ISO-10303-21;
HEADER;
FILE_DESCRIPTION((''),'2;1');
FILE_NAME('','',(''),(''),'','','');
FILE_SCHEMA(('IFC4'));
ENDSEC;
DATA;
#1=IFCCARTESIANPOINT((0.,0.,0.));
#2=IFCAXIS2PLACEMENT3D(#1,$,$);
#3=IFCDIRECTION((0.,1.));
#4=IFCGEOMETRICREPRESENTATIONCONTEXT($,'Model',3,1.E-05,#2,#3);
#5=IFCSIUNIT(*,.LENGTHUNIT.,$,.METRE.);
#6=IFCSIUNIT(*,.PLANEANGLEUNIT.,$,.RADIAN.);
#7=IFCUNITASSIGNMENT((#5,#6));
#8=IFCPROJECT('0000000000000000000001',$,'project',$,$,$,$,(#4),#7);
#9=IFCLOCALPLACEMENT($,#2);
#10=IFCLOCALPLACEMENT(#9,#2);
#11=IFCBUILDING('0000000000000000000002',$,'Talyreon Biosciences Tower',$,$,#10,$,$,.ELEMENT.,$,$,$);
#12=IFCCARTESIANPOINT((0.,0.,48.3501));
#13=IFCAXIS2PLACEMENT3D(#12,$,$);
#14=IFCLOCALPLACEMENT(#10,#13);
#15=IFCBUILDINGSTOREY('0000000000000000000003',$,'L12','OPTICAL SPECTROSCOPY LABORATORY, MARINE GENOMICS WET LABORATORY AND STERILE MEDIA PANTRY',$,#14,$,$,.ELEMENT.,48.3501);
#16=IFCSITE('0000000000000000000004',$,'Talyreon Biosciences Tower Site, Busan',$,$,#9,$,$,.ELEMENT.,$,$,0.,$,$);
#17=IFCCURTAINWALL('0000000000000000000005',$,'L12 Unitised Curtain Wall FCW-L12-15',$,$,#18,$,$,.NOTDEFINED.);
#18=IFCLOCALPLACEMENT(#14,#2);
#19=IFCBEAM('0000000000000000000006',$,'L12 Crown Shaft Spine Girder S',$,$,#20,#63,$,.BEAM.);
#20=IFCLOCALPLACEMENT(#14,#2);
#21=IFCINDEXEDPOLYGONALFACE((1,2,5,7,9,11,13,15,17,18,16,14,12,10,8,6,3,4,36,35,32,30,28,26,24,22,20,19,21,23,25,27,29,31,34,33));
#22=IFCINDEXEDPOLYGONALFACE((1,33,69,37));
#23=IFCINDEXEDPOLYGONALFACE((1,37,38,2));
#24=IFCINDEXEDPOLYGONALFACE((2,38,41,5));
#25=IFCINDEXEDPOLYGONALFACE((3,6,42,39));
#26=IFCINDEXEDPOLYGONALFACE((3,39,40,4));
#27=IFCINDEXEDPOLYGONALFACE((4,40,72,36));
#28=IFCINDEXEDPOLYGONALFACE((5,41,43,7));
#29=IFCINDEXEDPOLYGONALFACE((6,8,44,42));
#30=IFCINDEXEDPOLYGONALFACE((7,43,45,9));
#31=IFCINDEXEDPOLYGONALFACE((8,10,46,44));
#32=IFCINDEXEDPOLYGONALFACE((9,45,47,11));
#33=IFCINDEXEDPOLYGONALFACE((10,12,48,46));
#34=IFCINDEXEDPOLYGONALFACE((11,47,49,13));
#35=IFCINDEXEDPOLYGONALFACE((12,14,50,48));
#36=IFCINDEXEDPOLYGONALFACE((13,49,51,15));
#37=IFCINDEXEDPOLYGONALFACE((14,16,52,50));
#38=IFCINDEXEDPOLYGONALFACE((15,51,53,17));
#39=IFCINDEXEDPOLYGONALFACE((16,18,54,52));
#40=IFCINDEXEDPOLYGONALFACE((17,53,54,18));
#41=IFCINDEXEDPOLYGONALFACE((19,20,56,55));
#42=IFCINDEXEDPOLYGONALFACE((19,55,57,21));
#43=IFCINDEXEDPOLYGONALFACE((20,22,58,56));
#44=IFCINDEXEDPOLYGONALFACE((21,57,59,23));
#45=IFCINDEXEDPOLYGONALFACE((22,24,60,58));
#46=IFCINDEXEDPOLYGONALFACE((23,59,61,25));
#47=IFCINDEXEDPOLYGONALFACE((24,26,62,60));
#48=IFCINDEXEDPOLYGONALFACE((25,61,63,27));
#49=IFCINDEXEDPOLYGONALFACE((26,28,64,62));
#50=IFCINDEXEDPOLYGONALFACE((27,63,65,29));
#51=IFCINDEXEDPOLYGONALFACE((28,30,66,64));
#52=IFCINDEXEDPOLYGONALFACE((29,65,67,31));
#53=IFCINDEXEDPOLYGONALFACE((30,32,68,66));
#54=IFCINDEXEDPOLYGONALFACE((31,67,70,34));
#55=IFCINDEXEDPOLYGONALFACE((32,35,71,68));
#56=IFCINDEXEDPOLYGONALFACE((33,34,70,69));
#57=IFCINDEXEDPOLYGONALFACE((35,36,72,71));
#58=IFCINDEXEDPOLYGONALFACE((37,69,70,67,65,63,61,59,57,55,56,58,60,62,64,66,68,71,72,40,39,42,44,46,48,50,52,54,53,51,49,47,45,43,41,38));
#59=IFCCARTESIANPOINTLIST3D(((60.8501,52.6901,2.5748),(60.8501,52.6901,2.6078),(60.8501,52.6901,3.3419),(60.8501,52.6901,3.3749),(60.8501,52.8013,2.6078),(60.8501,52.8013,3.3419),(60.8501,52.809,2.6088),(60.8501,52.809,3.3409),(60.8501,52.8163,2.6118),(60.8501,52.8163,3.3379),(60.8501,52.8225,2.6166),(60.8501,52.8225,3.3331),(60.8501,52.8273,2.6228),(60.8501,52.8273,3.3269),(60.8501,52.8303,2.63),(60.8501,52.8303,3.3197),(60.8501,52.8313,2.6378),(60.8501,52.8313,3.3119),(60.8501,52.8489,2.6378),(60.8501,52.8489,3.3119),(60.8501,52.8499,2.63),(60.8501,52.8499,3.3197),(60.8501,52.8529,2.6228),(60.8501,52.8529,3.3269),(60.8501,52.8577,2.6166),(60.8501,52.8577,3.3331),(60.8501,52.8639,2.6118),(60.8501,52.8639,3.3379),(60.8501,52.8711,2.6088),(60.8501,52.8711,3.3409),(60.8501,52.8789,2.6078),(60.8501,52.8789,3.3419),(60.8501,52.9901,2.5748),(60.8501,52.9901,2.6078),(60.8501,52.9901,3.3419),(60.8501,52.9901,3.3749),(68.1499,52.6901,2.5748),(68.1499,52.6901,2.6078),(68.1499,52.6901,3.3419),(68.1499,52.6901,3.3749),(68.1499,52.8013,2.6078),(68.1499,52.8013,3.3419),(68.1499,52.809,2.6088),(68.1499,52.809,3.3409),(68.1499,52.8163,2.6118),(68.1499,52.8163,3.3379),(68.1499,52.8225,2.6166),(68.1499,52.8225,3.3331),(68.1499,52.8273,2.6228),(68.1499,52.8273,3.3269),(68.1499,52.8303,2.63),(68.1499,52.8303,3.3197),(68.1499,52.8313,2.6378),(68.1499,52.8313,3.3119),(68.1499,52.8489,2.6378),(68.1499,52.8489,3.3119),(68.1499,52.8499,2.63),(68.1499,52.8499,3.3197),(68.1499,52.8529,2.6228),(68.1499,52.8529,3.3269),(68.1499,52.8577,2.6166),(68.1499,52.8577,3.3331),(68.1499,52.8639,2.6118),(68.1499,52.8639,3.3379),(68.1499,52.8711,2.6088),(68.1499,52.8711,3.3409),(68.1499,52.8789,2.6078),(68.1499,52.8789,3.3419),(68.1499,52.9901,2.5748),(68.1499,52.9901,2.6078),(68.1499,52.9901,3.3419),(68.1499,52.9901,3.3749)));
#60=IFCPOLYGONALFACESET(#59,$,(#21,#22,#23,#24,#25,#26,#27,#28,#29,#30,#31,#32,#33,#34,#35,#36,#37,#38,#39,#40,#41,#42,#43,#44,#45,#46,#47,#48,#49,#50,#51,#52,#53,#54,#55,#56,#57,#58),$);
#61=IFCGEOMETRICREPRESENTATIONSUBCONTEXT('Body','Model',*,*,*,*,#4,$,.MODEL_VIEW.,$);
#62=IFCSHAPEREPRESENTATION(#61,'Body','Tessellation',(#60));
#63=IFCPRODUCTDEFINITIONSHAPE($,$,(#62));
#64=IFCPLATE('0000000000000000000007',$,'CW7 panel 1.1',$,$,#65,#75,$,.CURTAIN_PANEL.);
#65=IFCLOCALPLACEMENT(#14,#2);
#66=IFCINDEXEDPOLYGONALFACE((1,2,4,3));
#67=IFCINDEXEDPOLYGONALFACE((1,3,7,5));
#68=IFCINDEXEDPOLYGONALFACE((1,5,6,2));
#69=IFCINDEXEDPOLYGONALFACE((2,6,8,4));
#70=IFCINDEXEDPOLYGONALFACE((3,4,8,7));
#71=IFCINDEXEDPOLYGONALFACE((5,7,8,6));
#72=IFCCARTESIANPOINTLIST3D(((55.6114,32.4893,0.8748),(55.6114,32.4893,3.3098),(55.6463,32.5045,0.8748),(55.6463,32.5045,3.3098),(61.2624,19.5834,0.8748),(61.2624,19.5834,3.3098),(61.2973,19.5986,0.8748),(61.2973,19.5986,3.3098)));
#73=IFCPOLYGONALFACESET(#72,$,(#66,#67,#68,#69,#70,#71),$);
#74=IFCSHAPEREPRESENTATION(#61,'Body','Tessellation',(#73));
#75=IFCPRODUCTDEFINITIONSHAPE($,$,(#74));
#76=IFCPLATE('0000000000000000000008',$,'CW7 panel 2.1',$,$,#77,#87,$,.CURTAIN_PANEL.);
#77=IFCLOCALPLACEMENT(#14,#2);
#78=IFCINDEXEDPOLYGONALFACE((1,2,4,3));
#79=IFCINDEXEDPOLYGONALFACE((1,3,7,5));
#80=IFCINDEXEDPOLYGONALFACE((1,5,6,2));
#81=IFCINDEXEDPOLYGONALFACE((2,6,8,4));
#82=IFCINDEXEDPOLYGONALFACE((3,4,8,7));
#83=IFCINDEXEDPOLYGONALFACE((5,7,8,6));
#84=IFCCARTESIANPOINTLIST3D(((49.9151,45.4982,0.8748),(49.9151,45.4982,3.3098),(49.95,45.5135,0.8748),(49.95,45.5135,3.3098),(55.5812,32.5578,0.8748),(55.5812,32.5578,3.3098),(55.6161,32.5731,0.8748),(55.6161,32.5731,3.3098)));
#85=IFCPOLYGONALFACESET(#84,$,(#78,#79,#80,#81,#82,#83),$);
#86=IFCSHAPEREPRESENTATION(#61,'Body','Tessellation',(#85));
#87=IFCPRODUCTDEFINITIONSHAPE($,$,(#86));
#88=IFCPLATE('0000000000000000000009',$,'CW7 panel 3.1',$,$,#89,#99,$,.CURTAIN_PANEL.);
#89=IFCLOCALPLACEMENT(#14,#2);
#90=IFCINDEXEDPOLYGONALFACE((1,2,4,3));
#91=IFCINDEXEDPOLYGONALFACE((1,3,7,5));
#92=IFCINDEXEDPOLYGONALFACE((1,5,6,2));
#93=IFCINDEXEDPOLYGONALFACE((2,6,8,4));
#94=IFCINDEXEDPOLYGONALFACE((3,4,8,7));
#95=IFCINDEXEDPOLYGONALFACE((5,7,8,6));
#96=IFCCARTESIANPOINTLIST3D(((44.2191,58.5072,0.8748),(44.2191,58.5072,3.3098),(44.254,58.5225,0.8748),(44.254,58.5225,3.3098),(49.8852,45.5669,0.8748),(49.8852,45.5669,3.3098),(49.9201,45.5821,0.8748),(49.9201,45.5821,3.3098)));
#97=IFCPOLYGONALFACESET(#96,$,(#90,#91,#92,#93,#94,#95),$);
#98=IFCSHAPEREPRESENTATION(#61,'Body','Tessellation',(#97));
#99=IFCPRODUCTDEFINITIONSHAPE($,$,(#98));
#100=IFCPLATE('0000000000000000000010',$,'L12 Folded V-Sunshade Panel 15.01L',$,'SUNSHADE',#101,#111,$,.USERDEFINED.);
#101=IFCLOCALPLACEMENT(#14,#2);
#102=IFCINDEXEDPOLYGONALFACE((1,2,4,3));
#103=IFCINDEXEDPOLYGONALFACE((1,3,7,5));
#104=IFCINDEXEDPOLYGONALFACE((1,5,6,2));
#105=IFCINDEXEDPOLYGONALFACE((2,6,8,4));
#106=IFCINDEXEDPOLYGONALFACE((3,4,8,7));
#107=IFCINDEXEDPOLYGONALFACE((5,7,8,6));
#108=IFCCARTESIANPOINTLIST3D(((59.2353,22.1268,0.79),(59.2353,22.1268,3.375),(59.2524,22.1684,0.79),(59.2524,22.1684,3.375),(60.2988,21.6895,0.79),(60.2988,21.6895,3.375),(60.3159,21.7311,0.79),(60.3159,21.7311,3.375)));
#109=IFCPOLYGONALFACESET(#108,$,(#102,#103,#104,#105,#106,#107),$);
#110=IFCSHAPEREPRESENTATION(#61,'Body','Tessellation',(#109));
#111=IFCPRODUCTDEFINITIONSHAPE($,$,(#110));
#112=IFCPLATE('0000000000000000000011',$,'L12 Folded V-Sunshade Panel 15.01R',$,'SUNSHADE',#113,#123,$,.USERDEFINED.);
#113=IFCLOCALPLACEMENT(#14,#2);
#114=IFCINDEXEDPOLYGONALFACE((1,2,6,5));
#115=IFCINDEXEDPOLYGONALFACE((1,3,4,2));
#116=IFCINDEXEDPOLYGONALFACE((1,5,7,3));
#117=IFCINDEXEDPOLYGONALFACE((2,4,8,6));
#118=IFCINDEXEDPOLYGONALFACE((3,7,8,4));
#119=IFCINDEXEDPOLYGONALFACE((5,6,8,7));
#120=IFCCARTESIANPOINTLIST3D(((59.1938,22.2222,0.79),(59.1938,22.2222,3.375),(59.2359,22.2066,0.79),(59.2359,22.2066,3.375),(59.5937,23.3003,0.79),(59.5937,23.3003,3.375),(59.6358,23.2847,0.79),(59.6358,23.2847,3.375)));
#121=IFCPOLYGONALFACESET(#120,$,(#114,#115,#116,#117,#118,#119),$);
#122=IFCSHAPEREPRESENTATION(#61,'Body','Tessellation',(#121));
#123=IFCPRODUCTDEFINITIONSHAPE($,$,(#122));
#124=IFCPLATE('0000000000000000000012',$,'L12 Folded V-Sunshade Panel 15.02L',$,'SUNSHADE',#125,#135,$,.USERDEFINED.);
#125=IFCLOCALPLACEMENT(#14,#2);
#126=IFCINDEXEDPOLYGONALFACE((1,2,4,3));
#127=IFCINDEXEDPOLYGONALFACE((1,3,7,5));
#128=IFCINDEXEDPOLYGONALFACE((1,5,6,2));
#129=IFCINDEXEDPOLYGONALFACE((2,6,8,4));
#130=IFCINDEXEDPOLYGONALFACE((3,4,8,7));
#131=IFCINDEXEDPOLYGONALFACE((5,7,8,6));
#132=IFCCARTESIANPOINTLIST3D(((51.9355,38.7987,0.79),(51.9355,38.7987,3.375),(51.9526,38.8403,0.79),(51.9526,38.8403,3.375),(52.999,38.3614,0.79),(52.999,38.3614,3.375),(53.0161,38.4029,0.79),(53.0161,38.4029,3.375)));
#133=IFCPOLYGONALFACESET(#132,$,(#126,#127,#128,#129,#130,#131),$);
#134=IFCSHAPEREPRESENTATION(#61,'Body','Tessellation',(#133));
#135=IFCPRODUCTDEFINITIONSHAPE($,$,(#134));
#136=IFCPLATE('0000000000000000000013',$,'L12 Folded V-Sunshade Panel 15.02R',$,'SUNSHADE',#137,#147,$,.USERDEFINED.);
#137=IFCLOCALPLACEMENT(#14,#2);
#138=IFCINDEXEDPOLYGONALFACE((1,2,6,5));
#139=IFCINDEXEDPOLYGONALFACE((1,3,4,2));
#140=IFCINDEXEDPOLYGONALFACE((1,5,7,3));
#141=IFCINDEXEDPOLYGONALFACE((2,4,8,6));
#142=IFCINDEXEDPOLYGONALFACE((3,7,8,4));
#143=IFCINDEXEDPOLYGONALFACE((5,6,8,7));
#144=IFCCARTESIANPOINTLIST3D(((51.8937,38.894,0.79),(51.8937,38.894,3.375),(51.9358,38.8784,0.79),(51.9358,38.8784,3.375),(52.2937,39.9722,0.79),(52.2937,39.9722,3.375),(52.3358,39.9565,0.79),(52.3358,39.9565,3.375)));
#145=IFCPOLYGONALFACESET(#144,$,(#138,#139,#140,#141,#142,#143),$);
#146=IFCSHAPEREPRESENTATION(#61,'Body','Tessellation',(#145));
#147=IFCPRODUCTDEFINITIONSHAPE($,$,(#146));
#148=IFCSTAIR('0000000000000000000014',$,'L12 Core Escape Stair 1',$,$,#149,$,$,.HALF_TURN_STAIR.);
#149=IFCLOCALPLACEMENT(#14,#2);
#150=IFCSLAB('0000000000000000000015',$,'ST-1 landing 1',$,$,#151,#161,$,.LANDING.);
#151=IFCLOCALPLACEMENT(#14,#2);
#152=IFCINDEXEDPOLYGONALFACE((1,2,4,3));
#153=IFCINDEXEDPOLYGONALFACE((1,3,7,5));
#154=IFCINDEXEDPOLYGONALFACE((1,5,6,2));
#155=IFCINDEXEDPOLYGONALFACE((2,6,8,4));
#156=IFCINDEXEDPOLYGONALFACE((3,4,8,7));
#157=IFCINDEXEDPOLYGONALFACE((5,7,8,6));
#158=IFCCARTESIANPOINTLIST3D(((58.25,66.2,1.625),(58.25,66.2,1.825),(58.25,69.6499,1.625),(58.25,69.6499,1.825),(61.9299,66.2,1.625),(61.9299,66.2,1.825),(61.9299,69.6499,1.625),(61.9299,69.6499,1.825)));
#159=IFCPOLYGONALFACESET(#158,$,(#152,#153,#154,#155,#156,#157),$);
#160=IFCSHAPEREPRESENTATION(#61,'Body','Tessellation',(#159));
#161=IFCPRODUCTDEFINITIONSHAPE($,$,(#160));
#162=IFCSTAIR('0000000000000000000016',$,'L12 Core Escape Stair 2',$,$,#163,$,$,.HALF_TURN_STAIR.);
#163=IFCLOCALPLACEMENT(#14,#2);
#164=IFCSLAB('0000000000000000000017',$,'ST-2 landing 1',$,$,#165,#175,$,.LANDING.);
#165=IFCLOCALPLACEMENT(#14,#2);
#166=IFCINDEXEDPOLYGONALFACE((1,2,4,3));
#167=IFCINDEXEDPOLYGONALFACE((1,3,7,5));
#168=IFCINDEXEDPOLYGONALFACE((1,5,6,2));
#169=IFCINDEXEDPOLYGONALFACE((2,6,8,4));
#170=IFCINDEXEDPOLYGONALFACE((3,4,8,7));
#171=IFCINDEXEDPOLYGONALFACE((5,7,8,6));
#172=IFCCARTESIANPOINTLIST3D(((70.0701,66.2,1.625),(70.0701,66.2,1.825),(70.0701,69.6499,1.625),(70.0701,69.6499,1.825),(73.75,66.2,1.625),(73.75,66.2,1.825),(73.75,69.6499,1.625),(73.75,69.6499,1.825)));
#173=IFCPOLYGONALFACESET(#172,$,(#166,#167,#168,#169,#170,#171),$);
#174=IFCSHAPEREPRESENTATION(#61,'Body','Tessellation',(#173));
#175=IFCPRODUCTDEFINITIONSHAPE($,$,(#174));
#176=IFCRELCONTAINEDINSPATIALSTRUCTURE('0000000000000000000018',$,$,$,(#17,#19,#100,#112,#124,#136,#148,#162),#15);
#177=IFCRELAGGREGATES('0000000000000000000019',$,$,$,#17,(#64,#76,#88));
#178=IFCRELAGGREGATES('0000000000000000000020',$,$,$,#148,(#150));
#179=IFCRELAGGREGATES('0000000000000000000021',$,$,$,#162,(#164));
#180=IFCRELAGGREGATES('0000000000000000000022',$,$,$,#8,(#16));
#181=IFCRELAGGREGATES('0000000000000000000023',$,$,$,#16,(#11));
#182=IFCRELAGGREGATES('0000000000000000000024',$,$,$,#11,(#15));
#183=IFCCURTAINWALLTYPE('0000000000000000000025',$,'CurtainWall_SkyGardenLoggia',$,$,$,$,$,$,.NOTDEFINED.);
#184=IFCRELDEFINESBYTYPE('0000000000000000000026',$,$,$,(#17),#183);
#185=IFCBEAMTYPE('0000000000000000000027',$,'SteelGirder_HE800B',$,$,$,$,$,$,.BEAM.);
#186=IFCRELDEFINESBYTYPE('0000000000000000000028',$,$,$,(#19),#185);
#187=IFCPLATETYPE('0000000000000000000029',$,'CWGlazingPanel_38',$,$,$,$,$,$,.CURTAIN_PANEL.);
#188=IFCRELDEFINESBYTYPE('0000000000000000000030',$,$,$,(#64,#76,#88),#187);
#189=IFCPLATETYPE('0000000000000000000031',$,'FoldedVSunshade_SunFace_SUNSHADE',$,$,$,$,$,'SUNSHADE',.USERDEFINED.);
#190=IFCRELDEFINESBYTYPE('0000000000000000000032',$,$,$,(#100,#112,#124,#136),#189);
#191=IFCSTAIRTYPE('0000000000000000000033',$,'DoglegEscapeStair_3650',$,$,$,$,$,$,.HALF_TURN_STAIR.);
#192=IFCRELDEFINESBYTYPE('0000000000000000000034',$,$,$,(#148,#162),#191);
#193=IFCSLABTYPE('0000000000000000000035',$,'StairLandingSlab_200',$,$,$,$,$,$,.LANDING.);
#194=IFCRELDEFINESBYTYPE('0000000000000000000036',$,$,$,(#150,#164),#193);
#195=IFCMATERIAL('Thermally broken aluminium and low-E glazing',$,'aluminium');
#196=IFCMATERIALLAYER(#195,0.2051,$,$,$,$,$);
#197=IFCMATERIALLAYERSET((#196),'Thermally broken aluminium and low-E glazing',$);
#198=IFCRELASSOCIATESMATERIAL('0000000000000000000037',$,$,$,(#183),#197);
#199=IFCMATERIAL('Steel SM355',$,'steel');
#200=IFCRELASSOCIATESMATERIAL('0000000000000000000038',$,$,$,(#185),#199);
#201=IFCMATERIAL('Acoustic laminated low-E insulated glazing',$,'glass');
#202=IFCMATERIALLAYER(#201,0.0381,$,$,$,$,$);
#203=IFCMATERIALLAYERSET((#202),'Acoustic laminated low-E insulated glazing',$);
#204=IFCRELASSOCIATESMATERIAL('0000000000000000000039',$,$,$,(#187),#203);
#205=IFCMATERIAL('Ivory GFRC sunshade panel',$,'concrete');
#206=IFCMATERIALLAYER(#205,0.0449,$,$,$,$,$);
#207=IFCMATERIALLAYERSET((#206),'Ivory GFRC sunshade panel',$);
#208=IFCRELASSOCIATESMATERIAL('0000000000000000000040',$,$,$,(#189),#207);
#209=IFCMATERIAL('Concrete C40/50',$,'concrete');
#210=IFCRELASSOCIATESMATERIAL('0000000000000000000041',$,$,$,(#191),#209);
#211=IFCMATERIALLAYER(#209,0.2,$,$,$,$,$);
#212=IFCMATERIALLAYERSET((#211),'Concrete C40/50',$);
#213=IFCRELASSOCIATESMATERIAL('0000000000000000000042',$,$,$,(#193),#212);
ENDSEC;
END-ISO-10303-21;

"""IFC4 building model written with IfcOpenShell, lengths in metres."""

from ifc_helpers import new_model, si_unit, direction, frame, origin, origin_2d, place, context, subcontext, project, spatial, polyline, rectangle, i_section, outline, extrude, material, layer, layer_set, material_profile, profile_set, type_object, element, aggregate, save


model = new_model("IFC4")

# Units and contexts
model_context = context("Model", 3, precision=1e-05, world=origin(), true_north=direction((0.0, 1.0)))
body_context = subcontext(model_context, "Body", "Model", "MODEL_VIEW")
ifc_project = project(units=[si_unit("LENGTHUNIT", "METRE"), si_unit("PLANEANGLEUNIT", "RADIAN")], contexts=[model_context])

# Site, building, storey
site_placement = place(None, origin())
site = spatial("IfcSite", under=ifc_project, at=site_placement, Name="Talyreon Biosciences Tower Site, Busan", CompositionType="ELEMENT", RefElevation=0.0)
building_placement = place(site_placement, origin())
building = spatial("IfcBuilding", under=site, at=building_placement, Name="Talyreon Biosciences Tower", CompositionType="ELEMENT")
storey_placement = place(building_placement, frame((0.0, 0.0, 48.3501)))
storey = spatial("IfcBuildingStorey", under=building, at=storey_placement, Name="L12", Description="OPTICAL SPECTROSCOPY LABORATORY, MARINE GENOMICS WET LABORATORY AND STERILE MEDIA PANTRY", CompositionType="ELEMENT", Elevation=48.3501)

# Curtain wall
ifc_material_1 = material(Name="Thermally broken aluminium and low-E glazing", Category="aluminium")
ifc_layer_1 = layer(ifc_material_1, 0.2051)
ifc_layer_set_1 = layer_set([ifc_layer_1], Name="Thermally broken aluminium and low-E glazing")
curtain_wall_type = type_object("IfcCurtainWallType", Name="CurtainWall_SkyGardenLoggia", PredefinedType="NOTDEFINED", material=ifc_layer_set_1)
curtain_wall_placement = place(storey_placement, origin())
curtain_wall = element("IfcCurtainWall", 1, at=curtain_wall_placement, inside=storey, type_object=curtain_wall_type, Name="L12 Unitised Curtain Wall FCW-L12-15", PredefinedType="NOTDEFINED")

# Beam
ifc_material_2 = material(Name="Steel SM355", Category="steel")
ifc_material_profile_1 = material_profile(ifc_material_2, i_section(OverallWidth=0.3, OverallDepth=0.8, WebThickness=0.0176, FlangeThickness=0.033, FilletRadius=0.03, at=origin_2d()), Name="HE800B")
ifc_profile_set_1 = profile_set([ifc_material_profile_1], Name="Steel SM355")
beam_type_1 = type_object("IfcBeamType", Name="SteelGirder_HE800B", PredefinedType="BEAM", material=ifc_profile_set_1)
beam_1_placement = place(storey_placement, frame((60.8501, 52.8401, 2.9749), z_axis=(1.0, 0.0, 0.0), x_axis=(0.0, 1.0, 0.0)))
element("IfcBeam", 2, at=beam_1_placement, inside=storey, type_object=beam_type_1, Name="L12 Crown Shaft Spine Girder S", PredefinedType="BEAM", context=body_context, shape_type="SweptSolid", body=[
    extrude(i_section(OverallWidth=0.3, OverallDepth=0.8, WebThickness=0.0176, FlangeThickness=0.033, FilletRadius=0.03, at=origin_2d()), origin(), (0.0, 0.0, 1.0), 7.2998),
])

# Plates
ifc_material_3 = material(Name="Acoustic laminated low-E insulated glazing", Category="glass")
ifc_layer_2 = layer(ifc_material_3, 0.0381)
ifc_layer_set_2 = layer_set([ifc_layer_2], Name="Acoustic laminated low-E insulated glazing")
plate_type_1 = type_object("IfcPlateType", Name="CWGlazingPanel_38", PredefinedType="CURTAIN_PANEL", material=ifc_layer_set_2)
plate_1_placement = place(storey_placement, frame((58.4543, 26.0439, 0.8748), z_axis=(0.0, 0.0, 1.0), x_axis=(-0.401097, 0.916035, 0.0)))
plate_1 = element("IfcPlate", 3, at=plate_1_placement, type_object=plate_type_1, Name="CW7 panel 1.1", PredefinedType="CURTAIN_PANEL", context=body_context, shape_type="SweptSolid", body=[
    extrude(rectangle(XDim=14.0889, YDim=0.0381, at=origin_2d()), origin(), (0.0, 0.0, 1.0), 2.4351),
])
plate_2_placement = place(storey_placement, frame((52.7656, 39.0356, 0.8748), z_axis=(0.0, 0.0, 1.0), x_axis=(-0.401097, 0.916035, 0.0)))
plate_2 = element("IfcPlate", 4, at=plate_2_placement, type_object=plate_type_1, Name="CW7 panel 2.1", PredefinedType="CURTAIN_PANEL", context=body_context, shape_type="SweptSolid", body=[
    extrude(rectangle(XDim=14.1265, YDim=0.0381, at=origin_2d()), origin(), (0.0, 0.0, 1.0), 2.4351),
])
plate_3_placement = place(storey_placement, frame((47.0696, 52.0447, 0.8748), z_axis=(0.0, 0.0, 1.0), x_axis=(-0.401097, 0.916035, 0.0)))
plate_3 = element("IfcPlate", 5, at=plate_3_placement, type_object=plate_type_1, Name="CW7 panel 3.1", PredefinedType="CURTAIN_PANEL", context=body_context, shape_type="SweptSolid", body=[
    extrude(rectangle(XDim=14.1265, YDim=0.0381, at=origin_2d()), origin(), (0.0, 0.0, 1.0), 2.4351),
])
aggregate(curtain_wall, [plate_1, plate_2, plate_3])

# Plates
ifc_material_4 = material(Name="Ivory GFRC sunshade panel", Category="concrete")
ifc_layer_3 = layer(ifc_material_4, 0.0449)
ifc_layer_set_3 = layer_set([ifc_layer_3], Name="Ivory GFRC sunshade panel")
plate_type_2 = type_object("IfcPlateType", Name="FoldedVSunshade_SunFace_SUNSHADE", ElementType="SUNSHADE", PredefinedType="USERDEFINED", material=ifc_layer_set_3)
for number, where, z_axis, x_axis, name in (
    (6, (59.7756, 21.929, 0.79), (0.0, 0.0, 1.0), (-0.924858, 0.380312, 0.0), "L12 Folded V-Sunshade Panel 15.01L"),
    (7, (59.4148, 22.7534, 0.79), (0.0, 0.0, 1.0), (0.347803, 0.937568, 0.0), "L12 Folded V-Sunshade Panel 15.01R"),
    (8, (52.4758, 38.6008, 0.79), (0.0, 0.0, 1.0), (-0.924858, 0.380312, 0.0), "L12 Folded V-Sunshade Panel 15.02L"),
    (9, (52.1147, 39.4253, 0.79), (0.0, 0.0, 1.0), (0.347803, 0.937568, 0.0), "L12 Folded V-Sunshade Panel 15.02R"),
):
    element("IfcPlate", number, at=place(storey_placement, frame(where, z_axis=z_axis, x_axis=x_axis)), inside=storey, type_object=plate_type_2, Name=name, ObjectType="SUNSHADE", PredefinedType="USERDEFINED", context=body_context, shape_type="SweptSolid", body=[
        extrude(rectangle(XDim=1.1499, YDim=0.0449, at=origin_2d()), origin(), (0.0, 0.0, 1.0), 2.585),
    ])

# Stairs, slabs
ifc_material_5 = material(Name="Concrete C40/50", Category="concrete")
stair_type = type_object("IfcStairType", Name="DoglegEscapeStair_3650", PredefinedType="HALF_TURN_STAIR", material=ifc_material_5)
stair_1_placement = place(storey_placement, origin())
stair_1 = element("IfcStair", 10, at=stair_1_placement, inside=storey, type_object=stair_type, Name="L12 Core Escape Stair 1", PredefinedType="HALF_TURN_STAIR")
ifc_layer_4 = layer(ifc_material_5, 0.2)
ifc_layer_set_4 = layer_set([ifc_layer_4], Name="Concrete C40/50")
slab_type_1 = type_object("IfcSlabType", Name="StairLandingSlab_200", PredefinedType="LANDING", material=ifc_layer_set_4)
slab_1_placement = place(storey_placement, frame((0.0, 0.0, 1.625)))
slab_1 = element("IfcSlab", 11, at=slab_1_placement, type_object=slab_type_1, Name="ST-1 landing 1", PredefinedType="LANDING", context=body_context, shape_type="SweptSolid", body=[
    extrude(outline(polyline([(61.9299, 66.2), (61.9299, 69.6499), (58.25, 69.6499), (58.25, 66.2), (61.9299, 66.2)])), origin(), (0.0, 0.0, 1.0), 0.2),
])
aggregate(stair_1, [slab_1])
stair_2_placement = place(storey_placement, origin())
stair_2 = element("IfcStair", 12, at=stair_2_placement, inside=storey, type_object=stair_type, Name="L12 Core Escape Stair 2", PredefinedType="HALF_TURN_STAIR")
slab_2_placement = place(storey_placement, frame((0.0, 0.0, 1.625)))
slab_2 = element("IfcSlab", 13, at=slab_2_placement, type_object=slab_type_1, Name="ST-2 landing 1", PredefinedType="LANDING", context=body_context, shape_type="SweptSolid", body=[
    extrude(outline(polyline([(73.75, 66.2), (73.75, 69.6499), (70.0701, 69.6499), (70.0701, 66.2), (73.75, 66.2)])), origin(), (0.0, 0.0, 1.0), 0.2),
])
aggregate(stair_2, [slab_2])

save(model, "model.ifc")
